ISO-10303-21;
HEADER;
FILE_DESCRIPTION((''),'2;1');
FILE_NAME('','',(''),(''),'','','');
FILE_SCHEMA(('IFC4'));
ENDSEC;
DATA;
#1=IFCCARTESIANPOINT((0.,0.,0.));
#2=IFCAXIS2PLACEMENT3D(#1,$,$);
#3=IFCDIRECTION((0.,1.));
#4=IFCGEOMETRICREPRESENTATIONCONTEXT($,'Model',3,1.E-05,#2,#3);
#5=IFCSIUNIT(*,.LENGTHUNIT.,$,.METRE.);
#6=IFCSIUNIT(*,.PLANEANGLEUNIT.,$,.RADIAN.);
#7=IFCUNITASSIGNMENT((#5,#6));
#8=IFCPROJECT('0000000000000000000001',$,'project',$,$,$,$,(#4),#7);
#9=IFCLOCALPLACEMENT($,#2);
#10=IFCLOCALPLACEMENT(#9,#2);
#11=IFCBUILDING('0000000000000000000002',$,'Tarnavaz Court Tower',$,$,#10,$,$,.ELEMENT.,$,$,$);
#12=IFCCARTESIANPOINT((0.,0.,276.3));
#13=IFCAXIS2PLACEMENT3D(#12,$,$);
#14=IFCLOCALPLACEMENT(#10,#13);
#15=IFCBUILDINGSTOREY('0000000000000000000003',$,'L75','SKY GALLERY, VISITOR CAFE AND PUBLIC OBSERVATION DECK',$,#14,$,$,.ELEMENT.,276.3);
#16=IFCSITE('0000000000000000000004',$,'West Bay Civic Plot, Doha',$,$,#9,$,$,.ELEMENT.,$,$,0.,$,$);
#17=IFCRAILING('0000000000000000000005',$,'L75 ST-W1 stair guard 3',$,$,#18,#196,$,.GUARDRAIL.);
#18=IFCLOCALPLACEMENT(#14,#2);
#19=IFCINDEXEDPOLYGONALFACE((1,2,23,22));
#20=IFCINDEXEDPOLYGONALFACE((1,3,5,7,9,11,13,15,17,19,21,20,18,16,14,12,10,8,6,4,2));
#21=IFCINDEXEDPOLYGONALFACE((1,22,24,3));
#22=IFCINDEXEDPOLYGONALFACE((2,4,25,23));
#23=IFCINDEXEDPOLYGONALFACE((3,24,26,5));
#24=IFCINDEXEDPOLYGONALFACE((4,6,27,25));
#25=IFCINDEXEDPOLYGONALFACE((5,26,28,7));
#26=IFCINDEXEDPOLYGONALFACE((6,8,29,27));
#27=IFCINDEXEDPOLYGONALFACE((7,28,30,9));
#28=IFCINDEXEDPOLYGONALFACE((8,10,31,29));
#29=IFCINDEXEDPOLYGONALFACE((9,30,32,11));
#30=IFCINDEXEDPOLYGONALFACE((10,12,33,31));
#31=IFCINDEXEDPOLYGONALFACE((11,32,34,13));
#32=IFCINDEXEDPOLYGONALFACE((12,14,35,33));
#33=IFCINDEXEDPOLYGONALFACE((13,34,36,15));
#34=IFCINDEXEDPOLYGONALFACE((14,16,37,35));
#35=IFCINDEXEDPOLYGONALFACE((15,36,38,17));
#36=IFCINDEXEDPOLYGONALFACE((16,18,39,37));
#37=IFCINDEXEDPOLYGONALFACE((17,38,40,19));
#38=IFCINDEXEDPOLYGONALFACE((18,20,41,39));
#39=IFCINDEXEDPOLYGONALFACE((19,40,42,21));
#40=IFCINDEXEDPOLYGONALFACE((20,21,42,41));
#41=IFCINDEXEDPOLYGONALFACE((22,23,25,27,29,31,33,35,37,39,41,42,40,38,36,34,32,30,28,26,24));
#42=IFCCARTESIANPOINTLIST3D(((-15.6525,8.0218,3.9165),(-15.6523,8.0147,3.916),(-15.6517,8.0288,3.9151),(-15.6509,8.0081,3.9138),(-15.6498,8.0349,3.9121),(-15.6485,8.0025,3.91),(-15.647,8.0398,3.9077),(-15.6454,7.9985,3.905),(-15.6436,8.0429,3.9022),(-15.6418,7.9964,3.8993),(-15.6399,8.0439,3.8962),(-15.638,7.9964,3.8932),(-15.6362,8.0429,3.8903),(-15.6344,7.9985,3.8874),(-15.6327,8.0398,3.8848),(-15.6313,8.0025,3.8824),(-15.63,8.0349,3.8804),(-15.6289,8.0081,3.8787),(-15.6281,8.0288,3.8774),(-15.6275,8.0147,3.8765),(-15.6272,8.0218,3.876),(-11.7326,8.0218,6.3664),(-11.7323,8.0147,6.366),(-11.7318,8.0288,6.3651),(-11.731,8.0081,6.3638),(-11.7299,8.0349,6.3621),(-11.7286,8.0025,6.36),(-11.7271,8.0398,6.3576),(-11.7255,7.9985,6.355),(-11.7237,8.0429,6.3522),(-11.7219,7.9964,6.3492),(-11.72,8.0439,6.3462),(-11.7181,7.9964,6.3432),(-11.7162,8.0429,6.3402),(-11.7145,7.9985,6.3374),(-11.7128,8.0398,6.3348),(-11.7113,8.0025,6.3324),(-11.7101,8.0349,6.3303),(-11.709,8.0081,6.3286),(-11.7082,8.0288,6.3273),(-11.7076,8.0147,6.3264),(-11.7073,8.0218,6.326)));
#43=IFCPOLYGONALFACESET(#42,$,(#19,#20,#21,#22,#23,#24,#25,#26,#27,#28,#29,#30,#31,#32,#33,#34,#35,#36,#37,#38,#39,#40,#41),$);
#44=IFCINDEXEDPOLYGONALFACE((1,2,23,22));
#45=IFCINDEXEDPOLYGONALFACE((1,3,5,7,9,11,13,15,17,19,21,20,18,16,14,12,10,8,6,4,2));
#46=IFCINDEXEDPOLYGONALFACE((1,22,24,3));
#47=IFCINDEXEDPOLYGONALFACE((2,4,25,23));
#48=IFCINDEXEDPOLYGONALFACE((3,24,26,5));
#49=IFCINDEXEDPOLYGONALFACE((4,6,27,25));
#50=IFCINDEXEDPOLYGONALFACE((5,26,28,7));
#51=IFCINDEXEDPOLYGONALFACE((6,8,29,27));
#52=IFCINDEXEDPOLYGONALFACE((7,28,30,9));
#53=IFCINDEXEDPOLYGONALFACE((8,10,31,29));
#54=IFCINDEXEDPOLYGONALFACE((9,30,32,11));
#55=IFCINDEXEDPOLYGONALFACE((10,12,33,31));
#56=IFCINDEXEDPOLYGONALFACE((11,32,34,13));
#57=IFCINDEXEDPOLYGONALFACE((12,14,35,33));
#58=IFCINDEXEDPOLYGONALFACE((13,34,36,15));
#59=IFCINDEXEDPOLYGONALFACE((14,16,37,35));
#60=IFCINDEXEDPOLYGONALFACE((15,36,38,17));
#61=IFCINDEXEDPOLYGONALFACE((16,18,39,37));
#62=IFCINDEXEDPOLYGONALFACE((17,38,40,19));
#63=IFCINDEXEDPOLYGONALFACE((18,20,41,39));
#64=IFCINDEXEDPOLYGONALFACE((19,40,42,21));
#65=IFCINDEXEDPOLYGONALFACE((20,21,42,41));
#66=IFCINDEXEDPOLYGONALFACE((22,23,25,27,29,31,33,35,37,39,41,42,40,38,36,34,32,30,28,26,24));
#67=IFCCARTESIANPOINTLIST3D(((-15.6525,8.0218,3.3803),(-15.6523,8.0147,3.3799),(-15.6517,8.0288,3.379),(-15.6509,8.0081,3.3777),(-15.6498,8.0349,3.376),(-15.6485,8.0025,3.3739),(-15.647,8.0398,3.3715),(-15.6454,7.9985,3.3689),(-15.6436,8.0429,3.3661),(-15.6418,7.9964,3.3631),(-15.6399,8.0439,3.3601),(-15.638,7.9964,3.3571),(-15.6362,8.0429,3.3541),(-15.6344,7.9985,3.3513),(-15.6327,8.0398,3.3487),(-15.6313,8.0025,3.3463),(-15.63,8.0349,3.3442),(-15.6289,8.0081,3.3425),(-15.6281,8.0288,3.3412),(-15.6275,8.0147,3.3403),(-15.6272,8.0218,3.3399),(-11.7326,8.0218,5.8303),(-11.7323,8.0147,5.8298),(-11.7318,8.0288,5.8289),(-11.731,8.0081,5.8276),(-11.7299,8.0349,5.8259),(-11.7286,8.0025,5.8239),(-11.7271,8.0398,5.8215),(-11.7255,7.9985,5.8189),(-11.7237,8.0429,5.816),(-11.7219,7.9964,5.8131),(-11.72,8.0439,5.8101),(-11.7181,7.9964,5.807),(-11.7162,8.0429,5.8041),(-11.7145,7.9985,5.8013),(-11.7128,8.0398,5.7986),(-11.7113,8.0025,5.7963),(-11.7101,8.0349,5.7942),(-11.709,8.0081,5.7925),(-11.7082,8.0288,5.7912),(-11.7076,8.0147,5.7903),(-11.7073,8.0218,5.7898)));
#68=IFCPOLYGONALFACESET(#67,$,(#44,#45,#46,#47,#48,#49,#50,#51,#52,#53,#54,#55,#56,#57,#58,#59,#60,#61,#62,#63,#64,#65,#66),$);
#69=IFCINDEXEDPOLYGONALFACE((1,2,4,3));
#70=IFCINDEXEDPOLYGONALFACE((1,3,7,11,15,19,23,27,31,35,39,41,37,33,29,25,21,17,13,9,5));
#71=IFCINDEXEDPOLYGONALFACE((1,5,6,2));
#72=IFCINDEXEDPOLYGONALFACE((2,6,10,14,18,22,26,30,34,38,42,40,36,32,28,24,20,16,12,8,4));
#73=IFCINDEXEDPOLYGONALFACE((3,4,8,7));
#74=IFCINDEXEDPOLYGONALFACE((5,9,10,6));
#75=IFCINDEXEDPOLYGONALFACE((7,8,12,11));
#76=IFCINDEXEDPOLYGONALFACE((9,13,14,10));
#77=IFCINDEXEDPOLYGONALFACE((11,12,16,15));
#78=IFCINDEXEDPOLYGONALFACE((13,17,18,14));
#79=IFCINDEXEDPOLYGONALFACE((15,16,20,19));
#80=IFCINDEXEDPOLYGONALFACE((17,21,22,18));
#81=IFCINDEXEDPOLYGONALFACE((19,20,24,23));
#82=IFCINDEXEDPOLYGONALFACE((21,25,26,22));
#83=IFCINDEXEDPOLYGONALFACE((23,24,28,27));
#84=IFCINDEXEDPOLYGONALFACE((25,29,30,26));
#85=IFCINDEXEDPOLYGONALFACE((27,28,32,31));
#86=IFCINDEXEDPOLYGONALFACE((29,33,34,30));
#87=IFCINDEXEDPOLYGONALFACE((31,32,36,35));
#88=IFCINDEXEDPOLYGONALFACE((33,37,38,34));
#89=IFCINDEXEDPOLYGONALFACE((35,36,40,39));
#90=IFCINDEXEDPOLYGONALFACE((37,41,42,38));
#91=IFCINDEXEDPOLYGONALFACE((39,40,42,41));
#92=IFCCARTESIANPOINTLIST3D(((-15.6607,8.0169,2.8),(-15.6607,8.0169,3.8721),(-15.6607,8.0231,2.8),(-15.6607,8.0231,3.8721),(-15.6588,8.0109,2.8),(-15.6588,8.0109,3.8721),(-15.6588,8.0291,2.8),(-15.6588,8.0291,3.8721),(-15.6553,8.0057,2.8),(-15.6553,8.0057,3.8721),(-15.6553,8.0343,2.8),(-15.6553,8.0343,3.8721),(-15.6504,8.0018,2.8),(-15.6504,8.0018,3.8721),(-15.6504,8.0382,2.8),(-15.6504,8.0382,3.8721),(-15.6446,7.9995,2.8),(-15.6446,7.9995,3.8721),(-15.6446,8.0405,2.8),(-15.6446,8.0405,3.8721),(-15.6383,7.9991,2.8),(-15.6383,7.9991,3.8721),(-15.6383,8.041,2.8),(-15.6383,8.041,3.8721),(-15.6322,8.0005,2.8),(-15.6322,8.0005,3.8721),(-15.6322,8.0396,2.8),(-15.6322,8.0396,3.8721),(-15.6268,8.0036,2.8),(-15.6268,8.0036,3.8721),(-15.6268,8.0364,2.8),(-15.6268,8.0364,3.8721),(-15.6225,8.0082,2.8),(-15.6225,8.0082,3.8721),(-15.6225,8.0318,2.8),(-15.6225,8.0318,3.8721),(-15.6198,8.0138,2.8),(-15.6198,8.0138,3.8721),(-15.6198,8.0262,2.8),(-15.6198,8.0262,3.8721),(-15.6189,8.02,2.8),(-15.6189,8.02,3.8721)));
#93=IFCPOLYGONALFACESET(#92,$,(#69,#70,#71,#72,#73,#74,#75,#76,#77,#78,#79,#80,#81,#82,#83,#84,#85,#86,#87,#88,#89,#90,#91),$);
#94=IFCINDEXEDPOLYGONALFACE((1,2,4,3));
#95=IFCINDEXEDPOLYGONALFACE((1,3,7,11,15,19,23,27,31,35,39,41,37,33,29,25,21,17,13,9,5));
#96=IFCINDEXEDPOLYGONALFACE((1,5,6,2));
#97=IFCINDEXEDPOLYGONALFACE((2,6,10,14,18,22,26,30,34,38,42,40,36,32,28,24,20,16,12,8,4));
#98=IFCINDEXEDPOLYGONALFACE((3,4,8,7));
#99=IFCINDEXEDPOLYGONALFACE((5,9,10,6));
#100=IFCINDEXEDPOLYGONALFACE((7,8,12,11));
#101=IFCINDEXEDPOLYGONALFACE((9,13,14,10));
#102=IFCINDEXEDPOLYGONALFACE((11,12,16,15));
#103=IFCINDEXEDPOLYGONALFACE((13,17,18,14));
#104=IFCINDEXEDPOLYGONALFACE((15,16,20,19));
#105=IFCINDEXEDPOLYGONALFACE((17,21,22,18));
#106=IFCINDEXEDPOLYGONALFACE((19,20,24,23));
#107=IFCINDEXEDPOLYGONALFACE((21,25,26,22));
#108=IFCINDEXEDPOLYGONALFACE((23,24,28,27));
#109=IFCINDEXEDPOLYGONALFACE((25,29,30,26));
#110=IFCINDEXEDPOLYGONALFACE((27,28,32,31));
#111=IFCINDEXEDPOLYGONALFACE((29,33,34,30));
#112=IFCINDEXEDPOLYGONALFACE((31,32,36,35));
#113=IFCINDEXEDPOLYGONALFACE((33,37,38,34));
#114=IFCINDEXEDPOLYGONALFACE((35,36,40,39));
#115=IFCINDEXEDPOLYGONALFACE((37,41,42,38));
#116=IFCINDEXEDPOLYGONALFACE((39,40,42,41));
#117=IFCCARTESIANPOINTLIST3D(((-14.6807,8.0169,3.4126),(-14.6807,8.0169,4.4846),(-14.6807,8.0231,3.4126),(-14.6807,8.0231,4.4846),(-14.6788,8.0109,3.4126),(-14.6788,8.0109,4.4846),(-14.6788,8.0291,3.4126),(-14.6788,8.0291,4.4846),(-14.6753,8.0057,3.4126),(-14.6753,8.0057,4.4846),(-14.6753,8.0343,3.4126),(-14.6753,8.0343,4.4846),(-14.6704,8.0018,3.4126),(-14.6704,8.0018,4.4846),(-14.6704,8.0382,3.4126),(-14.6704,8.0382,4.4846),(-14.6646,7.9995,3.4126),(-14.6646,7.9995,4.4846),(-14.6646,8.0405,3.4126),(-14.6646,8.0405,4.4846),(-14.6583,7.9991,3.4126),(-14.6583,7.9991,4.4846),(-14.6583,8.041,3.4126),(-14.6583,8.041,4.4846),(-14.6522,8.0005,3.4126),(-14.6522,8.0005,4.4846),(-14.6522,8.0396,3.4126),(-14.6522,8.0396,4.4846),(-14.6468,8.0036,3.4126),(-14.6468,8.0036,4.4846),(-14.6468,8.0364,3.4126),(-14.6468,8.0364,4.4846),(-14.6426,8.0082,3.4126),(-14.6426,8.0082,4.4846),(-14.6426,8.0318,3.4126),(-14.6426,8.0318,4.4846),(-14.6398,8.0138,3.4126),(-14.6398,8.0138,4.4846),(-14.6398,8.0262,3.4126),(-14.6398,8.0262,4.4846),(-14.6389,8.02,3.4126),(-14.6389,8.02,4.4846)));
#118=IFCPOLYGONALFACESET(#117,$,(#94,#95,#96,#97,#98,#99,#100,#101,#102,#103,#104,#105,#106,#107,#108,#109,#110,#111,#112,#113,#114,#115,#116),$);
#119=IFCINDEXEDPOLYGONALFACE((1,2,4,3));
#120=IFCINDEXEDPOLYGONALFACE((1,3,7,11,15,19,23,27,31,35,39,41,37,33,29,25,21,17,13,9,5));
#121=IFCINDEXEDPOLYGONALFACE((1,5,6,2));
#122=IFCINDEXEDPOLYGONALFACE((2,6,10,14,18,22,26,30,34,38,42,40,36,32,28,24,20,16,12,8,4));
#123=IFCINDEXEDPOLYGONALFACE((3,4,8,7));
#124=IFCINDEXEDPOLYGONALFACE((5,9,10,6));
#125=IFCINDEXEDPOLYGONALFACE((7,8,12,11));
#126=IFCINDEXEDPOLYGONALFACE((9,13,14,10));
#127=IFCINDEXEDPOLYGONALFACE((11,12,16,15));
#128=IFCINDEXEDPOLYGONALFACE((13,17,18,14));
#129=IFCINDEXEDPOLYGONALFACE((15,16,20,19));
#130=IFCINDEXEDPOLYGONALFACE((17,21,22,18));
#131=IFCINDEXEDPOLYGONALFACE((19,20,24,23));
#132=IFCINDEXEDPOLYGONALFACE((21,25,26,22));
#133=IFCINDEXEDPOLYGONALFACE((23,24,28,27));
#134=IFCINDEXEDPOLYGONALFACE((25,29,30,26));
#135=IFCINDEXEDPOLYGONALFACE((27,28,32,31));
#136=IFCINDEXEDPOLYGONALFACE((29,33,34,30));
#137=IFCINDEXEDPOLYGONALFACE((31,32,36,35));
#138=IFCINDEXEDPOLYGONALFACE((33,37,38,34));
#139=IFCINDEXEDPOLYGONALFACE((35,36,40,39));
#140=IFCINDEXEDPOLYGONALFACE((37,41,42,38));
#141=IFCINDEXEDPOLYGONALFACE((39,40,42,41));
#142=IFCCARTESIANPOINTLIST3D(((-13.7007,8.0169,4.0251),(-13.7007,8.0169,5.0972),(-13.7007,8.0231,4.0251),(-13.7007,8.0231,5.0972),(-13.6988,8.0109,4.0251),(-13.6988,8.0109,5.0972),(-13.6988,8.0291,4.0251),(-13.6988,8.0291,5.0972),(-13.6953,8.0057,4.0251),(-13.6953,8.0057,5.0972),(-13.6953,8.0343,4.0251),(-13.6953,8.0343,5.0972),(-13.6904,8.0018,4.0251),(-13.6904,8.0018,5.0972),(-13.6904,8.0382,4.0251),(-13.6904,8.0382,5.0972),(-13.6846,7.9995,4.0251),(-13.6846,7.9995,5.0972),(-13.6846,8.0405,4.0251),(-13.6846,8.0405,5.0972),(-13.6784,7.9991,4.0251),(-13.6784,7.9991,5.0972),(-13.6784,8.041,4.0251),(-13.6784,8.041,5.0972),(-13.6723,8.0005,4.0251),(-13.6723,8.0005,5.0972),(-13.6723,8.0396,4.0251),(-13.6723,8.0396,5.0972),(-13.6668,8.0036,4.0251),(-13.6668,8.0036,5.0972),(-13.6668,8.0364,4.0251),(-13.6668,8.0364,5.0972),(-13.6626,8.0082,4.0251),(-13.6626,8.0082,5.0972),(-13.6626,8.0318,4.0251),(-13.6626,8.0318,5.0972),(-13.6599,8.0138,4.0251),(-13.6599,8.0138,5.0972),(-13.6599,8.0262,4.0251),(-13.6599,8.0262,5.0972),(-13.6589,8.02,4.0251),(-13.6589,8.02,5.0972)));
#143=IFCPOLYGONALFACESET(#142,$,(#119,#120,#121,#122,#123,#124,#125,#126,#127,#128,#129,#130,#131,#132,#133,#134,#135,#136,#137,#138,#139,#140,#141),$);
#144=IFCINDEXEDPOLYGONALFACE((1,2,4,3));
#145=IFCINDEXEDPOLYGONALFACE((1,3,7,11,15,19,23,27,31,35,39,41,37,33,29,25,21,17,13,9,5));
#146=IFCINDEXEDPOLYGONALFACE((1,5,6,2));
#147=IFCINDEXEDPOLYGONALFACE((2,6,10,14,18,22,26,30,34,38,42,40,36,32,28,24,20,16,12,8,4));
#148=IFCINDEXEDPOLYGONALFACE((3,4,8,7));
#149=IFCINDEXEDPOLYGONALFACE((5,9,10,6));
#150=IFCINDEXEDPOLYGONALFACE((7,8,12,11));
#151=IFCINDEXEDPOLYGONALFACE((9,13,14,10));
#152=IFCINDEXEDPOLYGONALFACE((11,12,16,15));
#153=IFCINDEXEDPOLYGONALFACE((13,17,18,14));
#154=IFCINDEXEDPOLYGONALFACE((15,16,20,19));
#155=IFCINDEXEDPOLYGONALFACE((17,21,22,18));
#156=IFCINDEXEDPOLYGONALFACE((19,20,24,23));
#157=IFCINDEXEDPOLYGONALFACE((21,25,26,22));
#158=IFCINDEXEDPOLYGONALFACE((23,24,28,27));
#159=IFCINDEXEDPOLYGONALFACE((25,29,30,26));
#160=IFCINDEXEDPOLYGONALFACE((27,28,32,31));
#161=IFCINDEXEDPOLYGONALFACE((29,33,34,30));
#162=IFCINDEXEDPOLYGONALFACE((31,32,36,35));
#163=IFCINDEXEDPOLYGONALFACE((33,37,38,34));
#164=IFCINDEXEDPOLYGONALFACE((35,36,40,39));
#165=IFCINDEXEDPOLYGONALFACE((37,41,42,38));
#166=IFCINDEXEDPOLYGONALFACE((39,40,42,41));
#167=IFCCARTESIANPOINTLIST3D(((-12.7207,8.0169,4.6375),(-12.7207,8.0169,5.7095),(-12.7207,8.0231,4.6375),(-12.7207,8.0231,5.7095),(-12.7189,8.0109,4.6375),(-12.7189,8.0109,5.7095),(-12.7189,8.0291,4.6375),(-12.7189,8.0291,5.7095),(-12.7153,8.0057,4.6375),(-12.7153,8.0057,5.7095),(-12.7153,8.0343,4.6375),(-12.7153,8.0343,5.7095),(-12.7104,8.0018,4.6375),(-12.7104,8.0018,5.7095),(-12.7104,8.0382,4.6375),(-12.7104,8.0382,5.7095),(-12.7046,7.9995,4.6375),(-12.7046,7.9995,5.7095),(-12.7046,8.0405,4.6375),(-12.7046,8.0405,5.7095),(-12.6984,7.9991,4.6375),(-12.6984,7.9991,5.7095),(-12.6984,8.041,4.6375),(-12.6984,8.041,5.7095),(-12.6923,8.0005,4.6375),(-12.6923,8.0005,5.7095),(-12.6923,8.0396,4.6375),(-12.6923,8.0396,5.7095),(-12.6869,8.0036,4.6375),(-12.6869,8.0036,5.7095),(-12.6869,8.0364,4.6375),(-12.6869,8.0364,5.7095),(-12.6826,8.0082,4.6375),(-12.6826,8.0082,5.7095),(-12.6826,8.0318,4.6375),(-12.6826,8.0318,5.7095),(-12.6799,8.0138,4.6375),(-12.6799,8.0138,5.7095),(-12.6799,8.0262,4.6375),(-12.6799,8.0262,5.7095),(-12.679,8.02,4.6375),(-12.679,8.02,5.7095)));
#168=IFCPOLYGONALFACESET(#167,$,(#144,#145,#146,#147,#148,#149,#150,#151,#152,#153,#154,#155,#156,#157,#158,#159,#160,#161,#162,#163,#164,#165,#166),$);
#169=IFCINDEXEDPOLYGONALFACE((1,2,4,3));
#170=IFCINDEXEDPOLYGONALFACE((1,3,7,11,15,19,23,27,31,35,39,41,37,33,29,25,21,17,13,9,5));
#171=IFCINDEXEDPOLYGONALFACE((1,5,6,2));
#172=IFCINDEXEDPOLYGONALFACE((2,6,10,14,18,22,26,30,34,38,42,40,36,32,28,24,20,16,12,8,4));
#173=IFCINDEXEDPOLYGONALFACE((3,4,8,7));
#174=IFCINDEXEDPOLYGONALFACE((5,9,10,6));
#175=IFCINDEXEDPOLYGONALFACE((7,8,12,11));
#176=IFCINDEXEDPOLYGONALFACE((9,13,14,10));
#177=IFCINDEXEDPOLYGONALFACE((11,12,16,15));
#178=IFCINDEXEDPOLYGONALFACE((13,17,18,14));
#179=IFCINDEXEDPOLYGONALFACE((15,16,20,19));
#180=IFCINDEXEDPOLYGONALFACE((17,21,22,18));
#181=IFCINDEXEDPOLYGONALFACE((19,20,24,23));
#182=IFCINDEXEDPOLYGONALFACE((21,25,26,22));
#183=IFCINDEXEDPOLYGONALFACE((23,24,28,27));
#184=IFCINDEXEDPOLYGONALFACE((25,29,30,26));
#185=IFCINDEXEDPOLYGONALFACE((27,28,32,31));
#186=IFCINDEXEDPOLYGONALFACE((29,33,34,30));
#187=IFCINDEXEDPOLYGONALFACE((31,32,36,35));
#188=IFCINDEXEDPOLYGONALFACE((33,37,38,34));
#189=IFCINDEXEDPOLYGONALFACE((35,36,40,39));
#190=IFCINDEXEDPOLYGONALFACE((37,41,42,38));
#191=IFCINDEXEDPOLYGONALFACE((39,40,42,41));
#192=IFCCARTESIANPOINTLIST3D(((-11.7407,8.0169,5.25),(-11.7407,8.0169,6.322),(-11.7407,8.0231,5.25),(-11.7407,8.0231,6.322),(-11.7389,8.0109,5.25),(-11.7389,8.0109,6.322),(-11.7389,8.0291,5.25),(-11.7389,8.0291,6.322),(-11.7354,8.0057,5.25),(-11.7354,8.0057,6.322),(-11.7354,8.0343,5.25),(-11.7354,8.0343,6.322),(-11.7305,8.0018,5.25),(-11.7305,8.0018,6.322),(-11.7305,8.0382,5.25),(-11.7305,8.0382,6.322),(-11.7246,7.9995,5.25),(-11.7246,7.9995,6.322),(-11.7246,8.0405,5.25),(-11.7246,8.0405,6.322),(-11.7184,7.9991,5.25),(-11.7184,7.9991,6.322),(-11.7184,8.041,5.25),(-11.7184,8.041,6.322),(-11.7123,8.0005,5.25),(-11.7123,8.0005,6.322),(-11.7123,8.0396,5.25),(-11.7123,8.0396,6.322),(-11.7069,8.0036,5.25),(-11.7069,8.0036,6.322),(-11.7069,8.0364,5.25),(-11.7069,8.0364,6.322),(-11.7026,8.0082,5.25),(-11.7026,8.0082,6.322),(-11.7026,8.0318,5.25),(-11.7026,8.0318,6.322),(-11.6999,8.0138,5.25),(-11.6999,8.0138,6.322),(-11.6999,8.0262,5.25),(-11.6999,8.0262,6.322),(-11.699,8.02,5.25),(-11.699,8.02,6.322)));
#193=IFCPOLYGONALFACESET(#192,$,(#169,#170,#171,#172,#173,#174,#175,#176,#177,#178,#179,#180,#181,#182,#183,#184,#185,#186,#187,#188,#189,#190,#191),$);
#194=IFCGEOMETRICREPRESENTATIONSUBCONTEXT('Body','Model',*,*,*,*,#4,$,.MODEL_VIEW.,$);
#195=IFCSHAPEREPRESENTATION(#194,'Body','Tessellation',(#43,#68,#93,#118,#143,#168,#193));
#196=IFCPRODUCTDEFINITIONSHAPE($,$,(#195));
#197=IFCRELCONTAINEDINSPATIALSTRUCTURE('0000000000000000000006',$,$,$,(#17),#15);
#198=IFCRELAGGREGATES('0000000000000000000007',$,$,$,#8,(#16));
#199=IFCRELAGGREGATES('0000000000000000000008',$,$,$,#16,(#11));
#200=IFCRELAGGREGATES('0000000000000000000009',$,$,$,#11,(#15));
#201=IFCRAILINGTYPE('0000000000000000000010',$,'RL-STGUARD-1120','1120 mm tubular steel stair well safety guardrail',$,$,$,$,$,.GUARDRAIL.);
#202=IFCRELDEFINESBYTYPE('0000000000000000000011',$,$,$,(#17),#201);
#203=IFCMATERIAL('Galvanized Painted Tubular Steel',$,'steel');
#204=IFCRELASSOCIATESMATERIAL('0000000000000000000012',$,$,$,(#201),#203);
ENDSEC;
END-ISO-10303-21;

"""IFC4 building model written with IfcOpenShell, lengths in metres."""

from ifc_helpers import new_model, si_unit, direction, frame, origin, origin_2d, place, context, subcontext, project, spatial, circle, extrude, material, type_object, element, save


model = new_model("IFC4")

# Units and contexts
model_context = context("Model", 3, precision=1e-05, world=origin(), true_north=direction((0.0, 1.0)))
body_context = subcontext(model_context, "Body", "Model", "MODEL_VIEW")
ifc_project = project(units=[si_unit("LENGTHUNIT", "METRE"), si_unit("PLANEANGLEUNIT", "RADIAN")], contexts=[model_context])

# Site, building, storey
site_placement = place(None, origin())
site = spatial("IfcSite", under=ifc_project, at=site_placement, Name="West Bay Civic Plot, Doha", CompositionType="ELEMENT", RefElevation=0.0)
building_placement = place(site_placement, origin())
building = spatial("IfcBuilding", under=site, at=building_placement, Name="Tarnavaz Court Tower", CompositionType="ELEMENT")
storey_placement = place(building_placement, frame((0.0, 0.0, 276.3)))
storey = spatial("IfcBuildingStorey", under=building, at=storey_placement, Name="L75", Description="SKY GALLERY, VISITOR CAFE AND PUBLIC OBSERVATION DECK", CompositionType="ELEMENT", Elevation=276.3)

# Railing
ifc_material_1 = material(Name="Galvanized Painted Tubular Steel", Category="steel")
railing_type_1 = type_object("IfcRailingType", Name="RL-STGUARD-1120", Description="1120 mm tubular steel stair well safety guardrail", PredefinedType="GUARDRAIL", material=ifc_material_1)
railing_1_placement = place(storey_placement, frame((-15.6399, 8.02, 2.8)))
element("IfcRailing", 1, at=railing_1_placement, inside=storey, type_object=railing_type_1, Name="L75 ST-W1 stair guard 3", PredefinedType="GUARDRAIL", context=body_context, shape_type="SweptSolid", body=[
    extrude(circle(Radius=0.0239, at=origin_2d()), frame((0.0, 0.0, 1.0962), z_axis=(0.847998, 0.0, 0.529999), x_axis=(0.0, 1.0, 0.0)), (0.0, 0.0, 1.0), 4.6226),
    extrude(circle(Radius=0.0239, at=origin_2d()), frame((0.0, 0.0, 0.5601), z_axis=(0.847998, 0.0, 0.529999), x_axis=(0.0, 1.0, 0.0)), (0.0, 0.0, 1.0), 4.6226),
    extrude(circle(Radius=0.021, at=origin_2d()), origin(), (0.0, 0.0, 1.0), 1.072),
    extrude(circle(Radius=0.021, at=origin_2d()), frame((0.98, 0.0, 0.6125)), (0.0, 0.0, 1.0), 1.072),
    extrude(circle(Radius=0.021, at=origin_2d()), frame((1.96, 0.0, 1.2251)), (0.0, 0.0, 1.0), 1.072),
    extrude(circle(Radius=0.021, at=origin_2d()), frame((2.9399, 0.0, 1.8374)), (0.0, 0.0, 1.0), 1.072),
    extrude(circle(Radius=0.021, at=origin_2d()), frame((3.9199, 0.0, 2.45)), (0.0, 0.0, 1.0), 1.072),
])

save(model, "model.ifc")
